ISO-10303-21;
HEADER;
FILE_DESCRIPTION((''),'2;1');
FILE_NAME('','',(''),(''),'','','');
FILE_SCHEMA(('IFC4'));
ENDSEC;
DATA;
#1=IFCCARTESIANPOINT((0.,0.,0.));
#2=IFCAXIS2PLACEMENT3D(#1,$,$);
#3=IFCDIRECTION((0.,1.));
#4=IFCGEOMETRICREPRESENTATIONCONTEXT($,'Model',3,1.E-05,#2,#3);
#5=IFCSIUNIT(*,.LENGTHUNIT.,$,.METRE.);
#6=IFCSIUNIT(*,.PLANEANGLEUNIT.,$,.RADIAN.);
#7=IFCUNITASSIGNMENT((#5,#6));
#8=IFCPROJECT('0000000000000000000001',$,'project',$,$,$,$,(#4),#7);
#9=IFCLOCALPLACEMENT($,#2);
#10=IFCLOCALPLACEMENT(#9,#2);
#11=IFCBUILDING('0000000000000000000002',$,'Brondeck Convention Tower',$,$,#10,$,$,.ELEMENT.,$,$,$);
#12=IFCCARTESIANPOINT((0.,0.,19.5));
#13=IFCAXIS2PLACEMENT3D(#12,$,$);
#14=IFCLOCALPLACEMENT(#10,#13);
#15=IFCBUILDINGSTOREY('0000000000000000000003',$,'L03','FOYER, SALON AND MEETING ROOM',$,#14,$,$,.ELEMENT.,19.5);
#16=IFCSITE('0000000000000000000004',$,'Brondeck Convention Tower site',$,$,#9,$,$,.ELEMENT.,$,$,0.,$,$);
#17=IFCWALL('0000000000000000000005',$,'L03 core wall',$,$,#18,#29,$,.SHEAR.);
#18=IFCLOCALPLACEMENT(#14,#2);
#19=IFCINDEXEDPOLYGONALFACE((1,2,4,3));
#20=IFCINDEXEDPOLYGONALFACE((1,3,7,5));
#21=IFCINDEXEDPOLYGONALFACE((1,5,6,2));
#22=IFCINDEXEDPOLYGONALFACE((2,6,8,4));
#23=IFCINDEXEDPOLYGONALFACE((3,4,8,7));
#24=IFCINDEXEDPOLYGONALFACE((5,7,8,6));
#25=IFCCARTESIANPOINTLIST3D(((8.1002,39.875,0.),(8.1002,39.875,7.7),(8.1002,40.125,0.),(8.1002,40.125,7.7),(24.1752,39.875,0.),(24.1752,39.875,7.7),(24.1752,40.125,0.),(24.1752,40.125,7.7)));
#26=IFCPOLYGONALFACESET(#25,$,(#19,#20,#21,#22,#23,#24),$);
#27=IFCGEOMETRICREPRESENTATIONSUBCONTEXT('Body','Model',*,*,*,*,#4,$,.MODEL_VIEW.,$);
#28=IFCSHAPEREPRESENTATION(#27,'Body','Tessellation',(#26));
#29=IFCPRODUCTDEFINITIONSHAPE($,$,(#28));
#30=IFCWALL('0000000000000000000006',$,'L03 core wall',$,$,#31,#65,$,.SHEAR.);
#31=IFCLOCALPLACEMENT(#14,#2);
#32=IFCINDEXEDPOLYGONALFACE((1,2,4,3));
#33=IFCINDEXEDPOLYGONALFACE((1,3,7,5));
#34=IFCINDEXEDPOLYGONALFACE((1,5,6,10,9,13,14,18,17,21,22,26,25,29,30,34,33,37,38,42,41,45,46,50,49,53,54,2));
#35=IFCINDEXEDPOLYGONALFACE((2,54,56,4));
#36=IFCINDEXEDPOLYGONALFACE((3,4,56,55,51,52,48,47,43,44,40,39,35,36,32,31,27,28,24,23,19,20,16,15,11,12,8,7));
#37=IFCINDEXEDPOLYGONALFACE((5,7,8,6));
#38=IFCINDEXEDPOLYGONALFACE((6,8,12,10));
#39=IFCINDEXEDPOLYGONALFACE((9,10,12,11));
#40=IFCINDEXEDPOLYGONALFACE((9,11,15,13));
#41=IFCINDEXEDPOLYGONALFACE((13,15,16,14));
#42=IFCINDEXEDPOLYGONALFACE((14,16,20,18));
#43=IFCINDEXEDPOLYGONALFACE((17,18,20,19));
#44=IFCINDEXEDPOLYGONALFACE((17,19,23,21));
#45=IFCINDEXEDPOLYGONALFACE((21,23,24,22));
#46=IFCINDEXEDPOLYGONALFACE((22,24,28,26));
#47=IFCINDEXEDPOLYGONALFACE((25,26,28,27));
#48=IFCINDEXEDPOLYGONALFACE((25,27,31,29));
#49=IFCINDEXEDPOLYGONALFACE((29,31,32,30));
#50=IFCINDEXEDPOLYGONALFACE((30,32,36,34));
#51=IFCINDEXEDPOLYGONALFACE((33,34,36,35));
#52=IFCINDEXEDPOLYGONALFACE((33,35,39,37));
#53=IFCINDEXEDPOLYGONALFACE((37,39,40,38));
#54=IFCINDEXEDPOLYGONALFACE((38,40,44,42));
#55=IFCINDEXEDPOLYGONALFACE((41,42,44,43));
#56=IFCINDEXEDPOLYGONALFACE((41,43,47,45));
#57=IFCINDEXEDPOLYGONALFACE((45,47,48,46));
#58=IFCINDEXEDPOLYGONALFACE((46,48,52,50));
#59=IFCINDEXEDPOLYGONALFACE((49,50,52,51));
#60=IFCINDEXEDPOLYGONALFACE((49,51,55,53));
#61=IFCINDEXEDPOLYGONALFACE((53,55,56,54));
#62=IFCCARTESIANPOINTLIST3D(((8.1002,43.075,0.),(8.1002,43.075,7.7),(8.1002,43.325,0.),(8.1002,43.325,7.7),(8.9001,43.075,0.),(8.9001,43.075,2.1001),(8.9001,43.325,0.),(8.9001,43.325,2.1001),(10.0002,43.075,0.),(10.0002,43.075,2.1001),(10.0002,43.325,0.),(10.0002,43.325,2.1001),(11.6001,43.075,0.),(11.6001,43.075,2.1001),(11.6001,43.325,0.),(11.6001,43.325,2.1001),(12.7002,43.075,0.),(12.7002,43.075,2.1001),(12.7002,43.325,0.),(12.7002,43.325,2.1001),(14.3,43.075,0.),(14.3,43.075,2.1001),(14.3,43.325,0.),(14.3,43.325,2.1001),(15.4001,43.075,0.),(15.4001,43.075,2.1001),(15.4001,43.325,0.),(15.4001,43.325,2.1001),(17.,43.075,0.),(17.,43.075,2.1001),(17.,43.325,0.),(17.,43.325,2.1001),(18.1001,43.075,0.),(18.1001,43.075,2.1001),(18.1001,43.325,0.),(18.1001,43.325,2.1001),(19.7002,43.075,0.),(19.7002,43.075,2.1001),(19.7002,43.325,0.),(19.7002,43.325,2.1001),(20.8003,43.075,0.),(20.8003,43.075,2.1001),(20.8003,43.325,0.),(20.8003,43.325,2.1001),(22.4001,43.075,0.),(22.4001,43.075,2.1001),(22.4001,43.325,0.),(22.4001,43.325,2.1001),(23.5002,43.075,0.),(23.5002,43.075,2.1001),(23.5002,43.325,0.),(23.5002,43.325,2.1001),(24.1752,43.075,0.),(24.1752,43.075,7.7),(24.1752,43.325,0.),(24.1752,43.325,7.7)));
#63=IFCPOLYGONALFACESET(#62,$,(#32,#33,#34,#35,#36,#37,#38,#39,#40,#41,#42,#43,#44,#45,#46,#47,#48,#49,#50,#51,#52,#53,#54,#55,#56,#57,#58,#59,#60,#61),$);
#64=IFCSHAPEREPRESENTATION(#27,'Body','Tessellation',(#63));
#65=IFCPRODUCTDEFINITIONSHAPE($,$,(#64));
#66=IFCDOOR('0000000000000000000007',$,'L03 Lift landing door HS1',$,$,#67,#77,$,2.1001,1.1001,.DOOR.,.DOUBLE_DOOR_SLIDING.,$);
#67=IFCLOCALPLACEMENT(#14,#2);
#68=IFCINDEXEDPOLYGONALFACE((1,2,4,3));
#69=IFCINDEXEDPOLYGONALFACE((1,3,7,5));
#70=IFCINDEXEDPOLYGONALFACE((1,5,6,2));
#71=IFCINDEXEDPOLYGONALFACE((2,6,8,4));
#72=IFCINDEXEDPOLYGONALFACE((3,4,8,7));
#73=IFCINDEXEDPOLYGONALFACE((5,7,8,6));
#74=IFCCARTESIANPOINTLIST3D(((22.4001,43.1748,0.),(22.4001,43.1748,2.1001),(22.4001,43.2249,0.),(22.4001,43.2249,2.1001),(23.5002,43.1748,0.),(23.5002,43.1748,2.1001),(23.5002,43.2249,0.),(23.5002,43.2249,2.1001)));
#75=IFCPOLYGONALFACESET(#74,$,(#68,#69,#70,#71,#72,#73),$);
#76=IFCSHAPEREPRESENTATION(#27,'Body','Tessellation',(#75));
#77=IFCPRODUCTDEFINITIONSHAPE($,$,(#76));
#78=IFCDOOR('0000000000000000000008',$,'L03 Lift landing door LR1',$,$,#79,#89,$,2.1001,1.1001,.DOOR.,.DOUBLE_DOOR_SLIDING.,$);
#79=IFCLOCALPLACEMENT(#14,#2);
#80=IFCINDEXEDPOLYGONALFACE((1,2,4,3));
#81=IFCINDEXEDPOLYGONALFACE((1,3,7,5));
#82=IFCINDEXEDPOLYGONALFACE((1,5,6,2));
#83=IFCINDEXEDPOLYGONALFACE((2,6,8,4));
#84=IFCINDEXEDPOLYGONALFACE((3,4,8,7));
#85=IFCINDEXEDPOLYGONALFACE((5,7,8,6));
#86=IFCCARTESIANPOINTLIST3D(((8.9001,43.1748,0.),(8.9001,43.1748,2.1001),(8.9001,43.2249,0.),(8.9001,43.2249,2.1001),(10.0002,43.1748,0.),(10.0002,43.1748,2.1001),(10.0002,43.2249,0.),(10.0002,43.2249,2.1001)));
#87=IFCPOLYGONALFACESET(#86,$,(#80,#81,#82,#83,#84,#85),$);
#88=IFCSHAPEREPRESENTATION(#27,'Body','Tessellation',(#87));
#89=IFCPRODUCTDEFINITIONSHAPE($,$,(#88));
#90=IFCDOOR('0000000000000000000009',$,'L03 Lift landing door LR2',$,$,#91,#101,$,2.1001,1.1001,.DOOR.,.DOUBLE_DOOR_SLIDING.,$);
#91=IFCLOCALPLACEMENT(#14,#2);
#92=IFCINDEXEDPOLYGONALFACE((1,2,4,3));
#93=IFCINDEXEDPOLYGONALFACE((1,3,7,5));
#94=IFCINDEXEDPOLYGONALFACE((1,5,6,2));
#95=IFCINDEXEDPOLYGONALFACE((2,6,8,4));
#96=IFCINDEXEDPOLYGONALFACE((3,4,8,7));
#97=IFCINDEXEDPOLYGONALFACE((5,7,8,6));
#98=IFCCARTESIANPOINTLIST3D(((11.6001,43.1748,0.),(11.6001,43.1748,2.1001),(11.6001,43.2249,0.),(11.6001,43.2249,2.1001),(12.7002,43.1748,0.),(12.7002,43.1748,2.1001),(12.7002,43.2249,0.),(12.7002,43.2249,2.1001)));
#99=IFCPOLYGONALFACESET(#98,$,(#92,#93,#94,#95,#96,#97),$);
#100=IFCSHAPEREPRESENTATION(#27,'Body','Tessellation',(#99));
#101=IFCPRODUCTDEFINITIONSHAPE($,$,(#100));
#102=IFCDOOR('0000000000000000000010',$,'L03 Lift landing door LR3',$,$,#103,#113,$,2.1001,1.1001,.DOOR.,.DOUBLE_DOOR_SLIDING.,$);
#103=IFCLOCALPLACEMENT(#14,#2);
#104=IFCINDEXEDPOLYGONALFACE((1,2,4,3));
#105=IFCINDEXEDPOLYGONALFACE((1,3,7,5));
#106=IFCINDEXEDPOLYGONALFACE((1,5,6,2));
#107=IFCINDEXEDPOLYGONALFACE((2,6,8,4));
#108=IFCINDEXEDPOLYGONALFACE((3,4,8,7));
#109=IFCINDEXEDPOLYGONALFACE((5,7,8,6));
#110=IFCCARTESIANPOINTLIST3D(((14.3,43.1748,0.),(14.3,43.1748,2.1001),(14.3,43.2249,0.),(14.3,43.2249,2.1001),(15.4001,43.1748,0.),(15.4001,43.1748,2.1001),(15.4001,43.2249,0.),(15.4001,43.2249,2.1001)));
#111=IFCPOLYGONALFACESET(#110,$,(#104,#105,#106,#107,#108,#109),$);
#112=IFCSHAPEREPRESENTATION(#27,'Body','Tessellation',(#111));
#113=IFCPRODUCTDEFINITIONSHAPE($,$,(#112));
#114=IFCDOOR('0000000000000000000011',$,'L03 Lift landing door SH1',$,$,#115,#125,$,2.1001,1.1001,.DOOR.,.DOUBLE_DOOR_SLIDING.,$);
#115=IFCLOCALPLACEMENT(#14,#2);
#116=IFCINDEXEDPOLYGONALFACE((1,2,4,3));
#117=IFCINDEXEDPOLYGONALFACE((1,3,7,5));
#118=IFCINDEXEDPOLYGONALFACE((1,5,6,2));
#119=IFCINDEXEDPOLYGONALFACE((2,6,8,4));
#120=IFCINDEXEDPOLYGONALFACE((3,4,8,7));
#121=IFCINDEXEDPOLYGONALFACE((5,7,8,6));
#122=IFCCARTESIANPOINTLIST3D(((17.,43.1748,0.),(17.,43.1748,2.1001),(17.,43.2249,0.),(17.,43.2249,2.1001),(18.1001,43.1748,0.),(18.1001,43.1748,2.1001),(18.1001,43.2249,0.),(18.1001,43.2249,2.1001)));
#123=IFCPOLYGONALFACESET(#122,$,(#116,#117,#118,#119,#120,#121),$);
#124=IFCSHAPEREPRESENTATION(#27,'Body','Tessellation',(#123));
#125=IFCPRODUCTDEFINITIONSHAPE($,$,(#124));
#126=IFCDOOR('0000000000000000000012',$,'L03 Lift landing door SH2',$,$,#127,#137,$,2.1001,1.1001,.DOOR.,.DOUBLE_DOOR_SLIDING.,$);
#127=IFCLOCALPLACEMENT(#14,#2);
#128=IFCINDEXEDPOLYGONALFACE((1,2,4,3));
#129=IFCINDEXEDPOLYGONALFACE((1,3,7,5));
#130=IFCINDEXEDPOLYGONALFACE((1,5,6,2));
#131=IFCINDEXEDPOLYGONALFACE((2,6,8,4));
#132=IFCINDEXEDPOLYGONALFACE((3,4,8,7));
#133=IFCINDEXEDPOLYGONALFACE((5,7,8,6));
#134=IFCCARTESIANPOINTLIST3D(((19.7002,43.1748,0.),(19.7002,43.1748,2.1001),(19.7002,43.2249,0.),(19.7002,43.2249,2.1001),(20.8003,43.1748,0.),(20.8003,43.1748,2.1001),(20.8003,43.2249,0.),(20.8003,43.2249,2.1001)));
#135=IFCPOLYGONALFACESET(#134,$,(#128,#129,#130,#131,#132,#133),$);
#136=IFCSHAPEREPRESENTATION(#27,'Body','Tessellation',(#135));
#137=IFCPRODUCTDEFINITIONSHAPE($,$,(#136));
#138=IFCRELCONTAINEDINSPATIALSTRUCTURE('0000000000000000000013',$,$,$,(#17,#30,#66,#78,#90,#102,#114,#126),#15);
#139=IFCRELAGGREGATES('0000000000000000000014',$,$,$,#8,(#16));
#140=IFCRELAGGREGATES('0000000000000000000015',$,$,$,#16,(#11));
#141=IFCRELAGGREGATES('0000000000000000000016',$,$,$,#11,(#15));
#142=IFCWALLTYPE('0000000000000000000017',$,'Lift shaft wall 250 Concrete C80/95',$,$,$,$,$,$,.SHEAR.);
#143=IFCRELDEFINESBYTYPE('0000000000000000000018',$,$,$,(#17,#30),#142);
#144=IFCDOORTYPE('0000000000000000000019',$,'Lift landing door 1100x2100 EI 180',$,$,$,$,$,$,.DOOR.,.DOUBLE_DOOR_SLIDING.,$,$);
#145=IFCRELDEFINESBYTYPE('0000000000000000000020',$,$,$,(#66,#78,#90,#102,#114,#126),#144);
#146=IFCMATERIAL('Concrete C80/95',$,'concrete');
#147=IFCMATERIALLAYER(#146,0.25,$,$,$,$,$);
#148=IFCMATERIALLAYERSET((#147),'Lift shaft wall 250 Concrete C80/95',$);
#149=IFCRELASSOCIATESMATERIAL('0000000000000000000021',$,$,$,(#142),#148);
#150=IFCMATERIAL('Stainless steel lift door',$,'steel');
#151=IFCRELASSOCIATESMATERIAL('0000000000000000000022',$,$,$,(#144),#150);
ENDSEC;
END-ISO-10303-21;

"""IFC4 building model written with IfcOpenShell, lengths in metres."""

from ifc_helpers import new_model, si_unit, direction, frame, frame_2d, origin, place, context, subcontext, project, spatial, rectangle, extrude, material, layer, layer_set, type_object, element, fill, save


model = new_model("IFC4")

# Units and contexts
model_context = context("Model", 3, precision=1e-05, world=origin(), true_north=direction((0.0, 1.0)))
body_context = subcontext(model_context, "Body", "Model", "MODEL_VIEW")
ifc_project = project(units=[si_unit("LENGTHUNIT", "METRE"), si_unit("PLANEANGLEUNIT", "RADIAN")], contexts=[model_context])

# Site, building, storey
site_placement = place(None, origin())
site = spatial("IfcSite", under=ifc_project, at=site_placement, Name="Brondeck Convention Tower site", CompositionType="ELEMENT", RefElevation=0.0)
building_placement = place(site_placement, origin())
building = spatial("IfcBuilding", under=site, at=building_placement, Name="Brondeck Convention Tower", CompositionType="ELEMENT")
storey_placement = place(building_placement, frame((0.0, 0.0, 19.5)))
storey = spatial("IfcBuildingStorey", under=building, at=storey_placement, Name="L03", Description="FOYER, SALON AND MEETING ROOM", CompositionType="ELEMENT", Elevation=19.5)

# Wall
ifc_material_1 = material(Name="Concrete C80/95", Category="concrete")
ifc_layer_1 = layer(ifc_material_1, 0.25)
ifc_layer_set_1 = layer_set([ifc_layer_1], Name="Lift shaft wall 250 Concrete C80/95")
wall_type_1 = type_object("IfcWallType", Name="Lift shaft wall 250 Concrete C80/95", PredefinedType="SHEAR", material=ifc_layer_set_1)
wall_1_placement = place(storey_placement, frame((8.1001, 40.0, 0.0), z_axis=(0.0, 0.0, 1.0), x_axis=(1.0, 0.0, 0.0)))
element("IfcWall", 1, at=wall_1_placement, inside=storey, type_object=wall_type_1, Name="L03 core wall", PredefinedType="SHEAR", context=body_context, shape_type="SweptSolid", body=[
    extrude(rectangle(XDim=16.075, YDim=0.25, at=frame_2d((8.0376, 0.0))), origin(), (0.0, 0.0, 1.0), 7.7),
])

# Wall, openings, doors
wall_2_placement = place(storey_placement, frame((8.1001, 43.2, 0.0), z_axis=(0.0, 0.0, 1.0), x_axis=(1.0, 0.0, 0.0)))
wall_2 = element("IfcWall", 2, at=wall_2_placement, inside=storey, type_object=wall_type_1, Name="L03 core wall", PredefinedType="SHEAR", context=body_context, shape_type="SweptSolid", body=[
    extrude(rectangle(XDim=16.075, YDim=0.25, at=frame_2d((8.0376, 0.0))), origin(), (0.0, 0.0, 1.0), 7.7),
])
opening_1_placement = place(wall_2_placement, frame((14.3, 0.0, 0.0)))
opening_1 = element("IfcOpeningElement", 3, at=opening_1_placement, cuts=wall_2, PredefinedType="OPENING", context=body_context, shape_type="SweptSolid", body=[
    extrude(rectangle(XDim=1.1001, YDim=2.1001, at=frame_2d((0.55, 1.05))), frame((0.0, 0.135, 0.0), z_axis=(0.0, -1.0, 0.0), x_axis=(1.0, 0.0, 0.0)), (0.0, 0.0, 1.0), 0.27),
])
opening_2_placement = place(wall_2_placement, frame((0.8, 0.0, 0.0)))
opening_2 = element("IfcOpeningElement", 4, at=opening_2_placement, cuts=wall_2, PredefinedType="OPENING", context=body_context, shape_type="SweptSolid", body=[
    extrude(rectangle(XDim=1.1001, YDim=2.1001, at=frame_2d((0.55, 1.05))), frame((0.0, 0.135, 0.0), z_axis=(0.0, -1.0, 0.0), x_axis=(1.0, 0.0, 0.0)), (0.0, 0.0, 1.0), 0.27),
])
opening_3_placement = place(wall_2_placement, frame((3.5, 0.0, 0.0)))
opening_3 = element("IfcOpeningElement", 5, at=opening_3_placement, cuts=wall_2, PredefinedType="OPENING", context=body_context, shape_type="SweptSolid", body=[
    extrude(rectangle(XDim=1.1001, YDim=2.1001, at=frame_2d((0.55, 1.05))), frame((0.0, 0.135, 0.0), z_axis=(0.0, -1.0, 0.0), x_axis=(1.0, 0.0, 0.0)), (0.0, 0.0, 1.0), 0.27),
])
opening_4_placement = place(wall_2_placement, frame((6.2, 0.0, 0.0)))
opening_4 = element("IfcOpeningElement", 6, at=opening_4_placement, cuts=wall_2, PredefinedType="OPENING", context=body_context, shape_type="SweptSolid", body=[
    extrude(rectangle(XDim=1.1001, YDim=2.1001, at=frame_2d((0.55, 1.05))), frame((0.0, 0.135, 0.0), z_axis=(0.0, -1.0, 0.0), x_axis=(1.0, 0.0, 0.0)), (0.0, 0.0, 1.0), 0.27),
])
opening_5_placement = place(wall_2_placement, frame((8.8999, 0.0, 0.0)))
opening_5 = element("IfcOpeningElement", 7, at=opening_5_placement, cuts=wall_2, PredefinedType="OPENING", context=body_context, shape_type="SweptSolid", body=[
    extrude(rectangle(XDim=1.1001, YDim=2.1001, at=frame_2d((0.55, 1.05))), frame((0.0, 0.135, 0.0), z_axis=(0.0, -1.0, 0.0), x_axis=(1.0, 0.0, 0.0)), (0.0, 0.0, 1.0), 0.27),
])
opening_6_placement = place(wall_2_placement, frame((11.6001, 0.0, 0.0)))
opening_6 = element("IfcOpeningElement", 8, at=opening_6_placement, cuts=wall_2, PredefinedType="OPENING", context=body_context, shape_type="SweptSolid", body=[
    extrude(rectangle(XDim=1.1001, YDim=2.1001, at=frame_2d((0.55, 1.05))), frame((0.0, 0.135, 0.0), z_axis=(0.0, -1.0, 0.0), x_axis=(1.0, 0.0, 0.0)), (0.0, 0.0, 1.0), 0.27),
])
ifc_material_2 = material(Name="Stainless steel lift door", Category="steel")
door_type_1 = type_object("IfcDoorType", Name="Lift landing door 1100x2100 EI 180", OperationType="DOUBLE_DOOR_SLIDING", PredefinedType="DOOR", material=ifc_material_2)
door_1_placement = place(opening_1_placement, origin())
door_1 = element("IfcDoor", 9, at=door_1_placement, inside=storey, type_object=door_type_1, Name="L03 Lift landing door HS1", OperationType="DOUBLE_DOOR_SLIDING", OverallHeight=2.1001, OverallWidth=1.1001, PredefinedType="DOOR", context=body_context, shape_type="SweptSolid", body=[
    extrude(rectangle(XDim=1.1001, YDim=2.1001, at=frame_2d((0.55, 1.05))), frame((0.0, 0.0249, 0.0), z_axis=(0.0, -1.0, 0.0), x_axis=(1.0, 0.0, 0.0)), (0.0, 0.0, 1.0), 0.05),
])
fill(opening_1, door_1)
door_2_placement = place(opening_2_placement, origin())
door_2 = element("IfcDoor", 10, at=door_2_placement, inside=storey, type_object=door_type_1, Name="L03 Lift landing door LR1", OperationType="DOUBLE_DOOR_SLIDING", OverallHeight=2.1001, OverallWidth=1.1001, PredefinedType="DOOR", context=body_context, shape_type="SweptSolid", body=[
    extrude(rectangle(XDim=1.1001, YDim=2.1001, at=frame_2d((0.55, 1.05))), frame((0.0, 0.0249, 0.0), z_axis=(0.0, -1.0, 0.0), x_axis=(1.0, 0.0, 0.0)), (0.0, 0.0, 1.0), 0.05),
])
fill(opening_2, door_2)
door_3_placement = place(opening_3_placement, origin())
door_3 = element("IfcDoor", 11, at=door_3_placement, inside=storey, type_object=door_type_1, Name="L03 Lift landing door LR2", OperationType="DOUBLE_DOOR_SLIDING", OverallHeight=2.1001, OverallWidth=1.1001, PredefinedType="DOOR", context=body_context, shape_type="SweptSolid", body=[
    extrude(rectangle(XDim=1.1001, YDim=2.1001, at=frame_2d((0.55, 1.05))), frame((0.0, 0.0249, 0.0), z_axis=(0.0, -1.0, 0.0), x_axis=(1.0, 0.0, 0.0)), (0.0, 0.0, 1.0), 0.05),
])
fill(opening_3, door_3)
door_4_placement = place(opening_4_placement, origin())
door_4 = element("IfcDoor", 12, at=door_4_placement, inside=storey, type_object=door_type_1, Name="L03 Lift landing door LR3", OperationType="DOUBLE_DOOR_SLIDING", OverallHeight=2.1001, OverallWidth=1.1001, PredefinedType="DOOR", context=body_context, shape_type="SweptSolid", body=[
    extrude(rectangle(XDim=1.1001, YDim=2.1001, at=frame_2d((0.55, 1.05))), frame((0.0, 0.0249, 0.0), z_axis=(0.0, -1.0, 0.0), x_axis=(1.0, 0.0, 0.0)), (0.0, 0.0, 1.0), 0.05),
])
fill(opening_4, door_4)
door_5_placement = place(opening_5_placement, origin())
door_5 = element("IfcDoor", 13, at=door_5_placement, inside=storey, type_object=door_type_1, Name="L03 Lift landing door SH1", OperationType="DOUBLE_DOOR_SLIDING", OverallHeight=2.1001, OverallWidth=1.1001, PredefinedType="DOOR", context=body_context, shape_type="SweptSolid", body=[
    extrude(rectangle(XDim=1.1001, YDim=2.1001, at=frame_2d((0.55, 1.05))), frame((0.0, 0.0249, 0.0), z_axis=(0.0, -1.0, 0.0), x_axis=(1.0, 0.0, 0.0)), (0.0, 0.0, 1.0), 0.05),
])
fill(opening_5, door_5)
door_6_placement = place(opening_6_placement, origin())
door_6 = element("IfcDoor", 14, at=door_6_placement, inside=storey, type_object=door_type_1, Name="L03 Lift landing door SH2", OperationType="DOUBLE_DOOR_SLIDING", OverallHeight=2.1001, OverallWidth=1.1001, PredefinedType="DOOR", context=body_context, shape_type="SweptSolid", body=[
    extrude(rectangle(XDim=1.1001, YDim=2.1001, at=frame_2d((0.55, 1.05))), frame((0.0, 0.0249, 0.0), z_axis=(0.0, -1.0, 0.0), x_axis=(1.0, 0.0, 0.0)), (0.0, 0.0, 1.0), 0.05),
])
fill(opening_6, door_6)

save(model, "model.ifc")
